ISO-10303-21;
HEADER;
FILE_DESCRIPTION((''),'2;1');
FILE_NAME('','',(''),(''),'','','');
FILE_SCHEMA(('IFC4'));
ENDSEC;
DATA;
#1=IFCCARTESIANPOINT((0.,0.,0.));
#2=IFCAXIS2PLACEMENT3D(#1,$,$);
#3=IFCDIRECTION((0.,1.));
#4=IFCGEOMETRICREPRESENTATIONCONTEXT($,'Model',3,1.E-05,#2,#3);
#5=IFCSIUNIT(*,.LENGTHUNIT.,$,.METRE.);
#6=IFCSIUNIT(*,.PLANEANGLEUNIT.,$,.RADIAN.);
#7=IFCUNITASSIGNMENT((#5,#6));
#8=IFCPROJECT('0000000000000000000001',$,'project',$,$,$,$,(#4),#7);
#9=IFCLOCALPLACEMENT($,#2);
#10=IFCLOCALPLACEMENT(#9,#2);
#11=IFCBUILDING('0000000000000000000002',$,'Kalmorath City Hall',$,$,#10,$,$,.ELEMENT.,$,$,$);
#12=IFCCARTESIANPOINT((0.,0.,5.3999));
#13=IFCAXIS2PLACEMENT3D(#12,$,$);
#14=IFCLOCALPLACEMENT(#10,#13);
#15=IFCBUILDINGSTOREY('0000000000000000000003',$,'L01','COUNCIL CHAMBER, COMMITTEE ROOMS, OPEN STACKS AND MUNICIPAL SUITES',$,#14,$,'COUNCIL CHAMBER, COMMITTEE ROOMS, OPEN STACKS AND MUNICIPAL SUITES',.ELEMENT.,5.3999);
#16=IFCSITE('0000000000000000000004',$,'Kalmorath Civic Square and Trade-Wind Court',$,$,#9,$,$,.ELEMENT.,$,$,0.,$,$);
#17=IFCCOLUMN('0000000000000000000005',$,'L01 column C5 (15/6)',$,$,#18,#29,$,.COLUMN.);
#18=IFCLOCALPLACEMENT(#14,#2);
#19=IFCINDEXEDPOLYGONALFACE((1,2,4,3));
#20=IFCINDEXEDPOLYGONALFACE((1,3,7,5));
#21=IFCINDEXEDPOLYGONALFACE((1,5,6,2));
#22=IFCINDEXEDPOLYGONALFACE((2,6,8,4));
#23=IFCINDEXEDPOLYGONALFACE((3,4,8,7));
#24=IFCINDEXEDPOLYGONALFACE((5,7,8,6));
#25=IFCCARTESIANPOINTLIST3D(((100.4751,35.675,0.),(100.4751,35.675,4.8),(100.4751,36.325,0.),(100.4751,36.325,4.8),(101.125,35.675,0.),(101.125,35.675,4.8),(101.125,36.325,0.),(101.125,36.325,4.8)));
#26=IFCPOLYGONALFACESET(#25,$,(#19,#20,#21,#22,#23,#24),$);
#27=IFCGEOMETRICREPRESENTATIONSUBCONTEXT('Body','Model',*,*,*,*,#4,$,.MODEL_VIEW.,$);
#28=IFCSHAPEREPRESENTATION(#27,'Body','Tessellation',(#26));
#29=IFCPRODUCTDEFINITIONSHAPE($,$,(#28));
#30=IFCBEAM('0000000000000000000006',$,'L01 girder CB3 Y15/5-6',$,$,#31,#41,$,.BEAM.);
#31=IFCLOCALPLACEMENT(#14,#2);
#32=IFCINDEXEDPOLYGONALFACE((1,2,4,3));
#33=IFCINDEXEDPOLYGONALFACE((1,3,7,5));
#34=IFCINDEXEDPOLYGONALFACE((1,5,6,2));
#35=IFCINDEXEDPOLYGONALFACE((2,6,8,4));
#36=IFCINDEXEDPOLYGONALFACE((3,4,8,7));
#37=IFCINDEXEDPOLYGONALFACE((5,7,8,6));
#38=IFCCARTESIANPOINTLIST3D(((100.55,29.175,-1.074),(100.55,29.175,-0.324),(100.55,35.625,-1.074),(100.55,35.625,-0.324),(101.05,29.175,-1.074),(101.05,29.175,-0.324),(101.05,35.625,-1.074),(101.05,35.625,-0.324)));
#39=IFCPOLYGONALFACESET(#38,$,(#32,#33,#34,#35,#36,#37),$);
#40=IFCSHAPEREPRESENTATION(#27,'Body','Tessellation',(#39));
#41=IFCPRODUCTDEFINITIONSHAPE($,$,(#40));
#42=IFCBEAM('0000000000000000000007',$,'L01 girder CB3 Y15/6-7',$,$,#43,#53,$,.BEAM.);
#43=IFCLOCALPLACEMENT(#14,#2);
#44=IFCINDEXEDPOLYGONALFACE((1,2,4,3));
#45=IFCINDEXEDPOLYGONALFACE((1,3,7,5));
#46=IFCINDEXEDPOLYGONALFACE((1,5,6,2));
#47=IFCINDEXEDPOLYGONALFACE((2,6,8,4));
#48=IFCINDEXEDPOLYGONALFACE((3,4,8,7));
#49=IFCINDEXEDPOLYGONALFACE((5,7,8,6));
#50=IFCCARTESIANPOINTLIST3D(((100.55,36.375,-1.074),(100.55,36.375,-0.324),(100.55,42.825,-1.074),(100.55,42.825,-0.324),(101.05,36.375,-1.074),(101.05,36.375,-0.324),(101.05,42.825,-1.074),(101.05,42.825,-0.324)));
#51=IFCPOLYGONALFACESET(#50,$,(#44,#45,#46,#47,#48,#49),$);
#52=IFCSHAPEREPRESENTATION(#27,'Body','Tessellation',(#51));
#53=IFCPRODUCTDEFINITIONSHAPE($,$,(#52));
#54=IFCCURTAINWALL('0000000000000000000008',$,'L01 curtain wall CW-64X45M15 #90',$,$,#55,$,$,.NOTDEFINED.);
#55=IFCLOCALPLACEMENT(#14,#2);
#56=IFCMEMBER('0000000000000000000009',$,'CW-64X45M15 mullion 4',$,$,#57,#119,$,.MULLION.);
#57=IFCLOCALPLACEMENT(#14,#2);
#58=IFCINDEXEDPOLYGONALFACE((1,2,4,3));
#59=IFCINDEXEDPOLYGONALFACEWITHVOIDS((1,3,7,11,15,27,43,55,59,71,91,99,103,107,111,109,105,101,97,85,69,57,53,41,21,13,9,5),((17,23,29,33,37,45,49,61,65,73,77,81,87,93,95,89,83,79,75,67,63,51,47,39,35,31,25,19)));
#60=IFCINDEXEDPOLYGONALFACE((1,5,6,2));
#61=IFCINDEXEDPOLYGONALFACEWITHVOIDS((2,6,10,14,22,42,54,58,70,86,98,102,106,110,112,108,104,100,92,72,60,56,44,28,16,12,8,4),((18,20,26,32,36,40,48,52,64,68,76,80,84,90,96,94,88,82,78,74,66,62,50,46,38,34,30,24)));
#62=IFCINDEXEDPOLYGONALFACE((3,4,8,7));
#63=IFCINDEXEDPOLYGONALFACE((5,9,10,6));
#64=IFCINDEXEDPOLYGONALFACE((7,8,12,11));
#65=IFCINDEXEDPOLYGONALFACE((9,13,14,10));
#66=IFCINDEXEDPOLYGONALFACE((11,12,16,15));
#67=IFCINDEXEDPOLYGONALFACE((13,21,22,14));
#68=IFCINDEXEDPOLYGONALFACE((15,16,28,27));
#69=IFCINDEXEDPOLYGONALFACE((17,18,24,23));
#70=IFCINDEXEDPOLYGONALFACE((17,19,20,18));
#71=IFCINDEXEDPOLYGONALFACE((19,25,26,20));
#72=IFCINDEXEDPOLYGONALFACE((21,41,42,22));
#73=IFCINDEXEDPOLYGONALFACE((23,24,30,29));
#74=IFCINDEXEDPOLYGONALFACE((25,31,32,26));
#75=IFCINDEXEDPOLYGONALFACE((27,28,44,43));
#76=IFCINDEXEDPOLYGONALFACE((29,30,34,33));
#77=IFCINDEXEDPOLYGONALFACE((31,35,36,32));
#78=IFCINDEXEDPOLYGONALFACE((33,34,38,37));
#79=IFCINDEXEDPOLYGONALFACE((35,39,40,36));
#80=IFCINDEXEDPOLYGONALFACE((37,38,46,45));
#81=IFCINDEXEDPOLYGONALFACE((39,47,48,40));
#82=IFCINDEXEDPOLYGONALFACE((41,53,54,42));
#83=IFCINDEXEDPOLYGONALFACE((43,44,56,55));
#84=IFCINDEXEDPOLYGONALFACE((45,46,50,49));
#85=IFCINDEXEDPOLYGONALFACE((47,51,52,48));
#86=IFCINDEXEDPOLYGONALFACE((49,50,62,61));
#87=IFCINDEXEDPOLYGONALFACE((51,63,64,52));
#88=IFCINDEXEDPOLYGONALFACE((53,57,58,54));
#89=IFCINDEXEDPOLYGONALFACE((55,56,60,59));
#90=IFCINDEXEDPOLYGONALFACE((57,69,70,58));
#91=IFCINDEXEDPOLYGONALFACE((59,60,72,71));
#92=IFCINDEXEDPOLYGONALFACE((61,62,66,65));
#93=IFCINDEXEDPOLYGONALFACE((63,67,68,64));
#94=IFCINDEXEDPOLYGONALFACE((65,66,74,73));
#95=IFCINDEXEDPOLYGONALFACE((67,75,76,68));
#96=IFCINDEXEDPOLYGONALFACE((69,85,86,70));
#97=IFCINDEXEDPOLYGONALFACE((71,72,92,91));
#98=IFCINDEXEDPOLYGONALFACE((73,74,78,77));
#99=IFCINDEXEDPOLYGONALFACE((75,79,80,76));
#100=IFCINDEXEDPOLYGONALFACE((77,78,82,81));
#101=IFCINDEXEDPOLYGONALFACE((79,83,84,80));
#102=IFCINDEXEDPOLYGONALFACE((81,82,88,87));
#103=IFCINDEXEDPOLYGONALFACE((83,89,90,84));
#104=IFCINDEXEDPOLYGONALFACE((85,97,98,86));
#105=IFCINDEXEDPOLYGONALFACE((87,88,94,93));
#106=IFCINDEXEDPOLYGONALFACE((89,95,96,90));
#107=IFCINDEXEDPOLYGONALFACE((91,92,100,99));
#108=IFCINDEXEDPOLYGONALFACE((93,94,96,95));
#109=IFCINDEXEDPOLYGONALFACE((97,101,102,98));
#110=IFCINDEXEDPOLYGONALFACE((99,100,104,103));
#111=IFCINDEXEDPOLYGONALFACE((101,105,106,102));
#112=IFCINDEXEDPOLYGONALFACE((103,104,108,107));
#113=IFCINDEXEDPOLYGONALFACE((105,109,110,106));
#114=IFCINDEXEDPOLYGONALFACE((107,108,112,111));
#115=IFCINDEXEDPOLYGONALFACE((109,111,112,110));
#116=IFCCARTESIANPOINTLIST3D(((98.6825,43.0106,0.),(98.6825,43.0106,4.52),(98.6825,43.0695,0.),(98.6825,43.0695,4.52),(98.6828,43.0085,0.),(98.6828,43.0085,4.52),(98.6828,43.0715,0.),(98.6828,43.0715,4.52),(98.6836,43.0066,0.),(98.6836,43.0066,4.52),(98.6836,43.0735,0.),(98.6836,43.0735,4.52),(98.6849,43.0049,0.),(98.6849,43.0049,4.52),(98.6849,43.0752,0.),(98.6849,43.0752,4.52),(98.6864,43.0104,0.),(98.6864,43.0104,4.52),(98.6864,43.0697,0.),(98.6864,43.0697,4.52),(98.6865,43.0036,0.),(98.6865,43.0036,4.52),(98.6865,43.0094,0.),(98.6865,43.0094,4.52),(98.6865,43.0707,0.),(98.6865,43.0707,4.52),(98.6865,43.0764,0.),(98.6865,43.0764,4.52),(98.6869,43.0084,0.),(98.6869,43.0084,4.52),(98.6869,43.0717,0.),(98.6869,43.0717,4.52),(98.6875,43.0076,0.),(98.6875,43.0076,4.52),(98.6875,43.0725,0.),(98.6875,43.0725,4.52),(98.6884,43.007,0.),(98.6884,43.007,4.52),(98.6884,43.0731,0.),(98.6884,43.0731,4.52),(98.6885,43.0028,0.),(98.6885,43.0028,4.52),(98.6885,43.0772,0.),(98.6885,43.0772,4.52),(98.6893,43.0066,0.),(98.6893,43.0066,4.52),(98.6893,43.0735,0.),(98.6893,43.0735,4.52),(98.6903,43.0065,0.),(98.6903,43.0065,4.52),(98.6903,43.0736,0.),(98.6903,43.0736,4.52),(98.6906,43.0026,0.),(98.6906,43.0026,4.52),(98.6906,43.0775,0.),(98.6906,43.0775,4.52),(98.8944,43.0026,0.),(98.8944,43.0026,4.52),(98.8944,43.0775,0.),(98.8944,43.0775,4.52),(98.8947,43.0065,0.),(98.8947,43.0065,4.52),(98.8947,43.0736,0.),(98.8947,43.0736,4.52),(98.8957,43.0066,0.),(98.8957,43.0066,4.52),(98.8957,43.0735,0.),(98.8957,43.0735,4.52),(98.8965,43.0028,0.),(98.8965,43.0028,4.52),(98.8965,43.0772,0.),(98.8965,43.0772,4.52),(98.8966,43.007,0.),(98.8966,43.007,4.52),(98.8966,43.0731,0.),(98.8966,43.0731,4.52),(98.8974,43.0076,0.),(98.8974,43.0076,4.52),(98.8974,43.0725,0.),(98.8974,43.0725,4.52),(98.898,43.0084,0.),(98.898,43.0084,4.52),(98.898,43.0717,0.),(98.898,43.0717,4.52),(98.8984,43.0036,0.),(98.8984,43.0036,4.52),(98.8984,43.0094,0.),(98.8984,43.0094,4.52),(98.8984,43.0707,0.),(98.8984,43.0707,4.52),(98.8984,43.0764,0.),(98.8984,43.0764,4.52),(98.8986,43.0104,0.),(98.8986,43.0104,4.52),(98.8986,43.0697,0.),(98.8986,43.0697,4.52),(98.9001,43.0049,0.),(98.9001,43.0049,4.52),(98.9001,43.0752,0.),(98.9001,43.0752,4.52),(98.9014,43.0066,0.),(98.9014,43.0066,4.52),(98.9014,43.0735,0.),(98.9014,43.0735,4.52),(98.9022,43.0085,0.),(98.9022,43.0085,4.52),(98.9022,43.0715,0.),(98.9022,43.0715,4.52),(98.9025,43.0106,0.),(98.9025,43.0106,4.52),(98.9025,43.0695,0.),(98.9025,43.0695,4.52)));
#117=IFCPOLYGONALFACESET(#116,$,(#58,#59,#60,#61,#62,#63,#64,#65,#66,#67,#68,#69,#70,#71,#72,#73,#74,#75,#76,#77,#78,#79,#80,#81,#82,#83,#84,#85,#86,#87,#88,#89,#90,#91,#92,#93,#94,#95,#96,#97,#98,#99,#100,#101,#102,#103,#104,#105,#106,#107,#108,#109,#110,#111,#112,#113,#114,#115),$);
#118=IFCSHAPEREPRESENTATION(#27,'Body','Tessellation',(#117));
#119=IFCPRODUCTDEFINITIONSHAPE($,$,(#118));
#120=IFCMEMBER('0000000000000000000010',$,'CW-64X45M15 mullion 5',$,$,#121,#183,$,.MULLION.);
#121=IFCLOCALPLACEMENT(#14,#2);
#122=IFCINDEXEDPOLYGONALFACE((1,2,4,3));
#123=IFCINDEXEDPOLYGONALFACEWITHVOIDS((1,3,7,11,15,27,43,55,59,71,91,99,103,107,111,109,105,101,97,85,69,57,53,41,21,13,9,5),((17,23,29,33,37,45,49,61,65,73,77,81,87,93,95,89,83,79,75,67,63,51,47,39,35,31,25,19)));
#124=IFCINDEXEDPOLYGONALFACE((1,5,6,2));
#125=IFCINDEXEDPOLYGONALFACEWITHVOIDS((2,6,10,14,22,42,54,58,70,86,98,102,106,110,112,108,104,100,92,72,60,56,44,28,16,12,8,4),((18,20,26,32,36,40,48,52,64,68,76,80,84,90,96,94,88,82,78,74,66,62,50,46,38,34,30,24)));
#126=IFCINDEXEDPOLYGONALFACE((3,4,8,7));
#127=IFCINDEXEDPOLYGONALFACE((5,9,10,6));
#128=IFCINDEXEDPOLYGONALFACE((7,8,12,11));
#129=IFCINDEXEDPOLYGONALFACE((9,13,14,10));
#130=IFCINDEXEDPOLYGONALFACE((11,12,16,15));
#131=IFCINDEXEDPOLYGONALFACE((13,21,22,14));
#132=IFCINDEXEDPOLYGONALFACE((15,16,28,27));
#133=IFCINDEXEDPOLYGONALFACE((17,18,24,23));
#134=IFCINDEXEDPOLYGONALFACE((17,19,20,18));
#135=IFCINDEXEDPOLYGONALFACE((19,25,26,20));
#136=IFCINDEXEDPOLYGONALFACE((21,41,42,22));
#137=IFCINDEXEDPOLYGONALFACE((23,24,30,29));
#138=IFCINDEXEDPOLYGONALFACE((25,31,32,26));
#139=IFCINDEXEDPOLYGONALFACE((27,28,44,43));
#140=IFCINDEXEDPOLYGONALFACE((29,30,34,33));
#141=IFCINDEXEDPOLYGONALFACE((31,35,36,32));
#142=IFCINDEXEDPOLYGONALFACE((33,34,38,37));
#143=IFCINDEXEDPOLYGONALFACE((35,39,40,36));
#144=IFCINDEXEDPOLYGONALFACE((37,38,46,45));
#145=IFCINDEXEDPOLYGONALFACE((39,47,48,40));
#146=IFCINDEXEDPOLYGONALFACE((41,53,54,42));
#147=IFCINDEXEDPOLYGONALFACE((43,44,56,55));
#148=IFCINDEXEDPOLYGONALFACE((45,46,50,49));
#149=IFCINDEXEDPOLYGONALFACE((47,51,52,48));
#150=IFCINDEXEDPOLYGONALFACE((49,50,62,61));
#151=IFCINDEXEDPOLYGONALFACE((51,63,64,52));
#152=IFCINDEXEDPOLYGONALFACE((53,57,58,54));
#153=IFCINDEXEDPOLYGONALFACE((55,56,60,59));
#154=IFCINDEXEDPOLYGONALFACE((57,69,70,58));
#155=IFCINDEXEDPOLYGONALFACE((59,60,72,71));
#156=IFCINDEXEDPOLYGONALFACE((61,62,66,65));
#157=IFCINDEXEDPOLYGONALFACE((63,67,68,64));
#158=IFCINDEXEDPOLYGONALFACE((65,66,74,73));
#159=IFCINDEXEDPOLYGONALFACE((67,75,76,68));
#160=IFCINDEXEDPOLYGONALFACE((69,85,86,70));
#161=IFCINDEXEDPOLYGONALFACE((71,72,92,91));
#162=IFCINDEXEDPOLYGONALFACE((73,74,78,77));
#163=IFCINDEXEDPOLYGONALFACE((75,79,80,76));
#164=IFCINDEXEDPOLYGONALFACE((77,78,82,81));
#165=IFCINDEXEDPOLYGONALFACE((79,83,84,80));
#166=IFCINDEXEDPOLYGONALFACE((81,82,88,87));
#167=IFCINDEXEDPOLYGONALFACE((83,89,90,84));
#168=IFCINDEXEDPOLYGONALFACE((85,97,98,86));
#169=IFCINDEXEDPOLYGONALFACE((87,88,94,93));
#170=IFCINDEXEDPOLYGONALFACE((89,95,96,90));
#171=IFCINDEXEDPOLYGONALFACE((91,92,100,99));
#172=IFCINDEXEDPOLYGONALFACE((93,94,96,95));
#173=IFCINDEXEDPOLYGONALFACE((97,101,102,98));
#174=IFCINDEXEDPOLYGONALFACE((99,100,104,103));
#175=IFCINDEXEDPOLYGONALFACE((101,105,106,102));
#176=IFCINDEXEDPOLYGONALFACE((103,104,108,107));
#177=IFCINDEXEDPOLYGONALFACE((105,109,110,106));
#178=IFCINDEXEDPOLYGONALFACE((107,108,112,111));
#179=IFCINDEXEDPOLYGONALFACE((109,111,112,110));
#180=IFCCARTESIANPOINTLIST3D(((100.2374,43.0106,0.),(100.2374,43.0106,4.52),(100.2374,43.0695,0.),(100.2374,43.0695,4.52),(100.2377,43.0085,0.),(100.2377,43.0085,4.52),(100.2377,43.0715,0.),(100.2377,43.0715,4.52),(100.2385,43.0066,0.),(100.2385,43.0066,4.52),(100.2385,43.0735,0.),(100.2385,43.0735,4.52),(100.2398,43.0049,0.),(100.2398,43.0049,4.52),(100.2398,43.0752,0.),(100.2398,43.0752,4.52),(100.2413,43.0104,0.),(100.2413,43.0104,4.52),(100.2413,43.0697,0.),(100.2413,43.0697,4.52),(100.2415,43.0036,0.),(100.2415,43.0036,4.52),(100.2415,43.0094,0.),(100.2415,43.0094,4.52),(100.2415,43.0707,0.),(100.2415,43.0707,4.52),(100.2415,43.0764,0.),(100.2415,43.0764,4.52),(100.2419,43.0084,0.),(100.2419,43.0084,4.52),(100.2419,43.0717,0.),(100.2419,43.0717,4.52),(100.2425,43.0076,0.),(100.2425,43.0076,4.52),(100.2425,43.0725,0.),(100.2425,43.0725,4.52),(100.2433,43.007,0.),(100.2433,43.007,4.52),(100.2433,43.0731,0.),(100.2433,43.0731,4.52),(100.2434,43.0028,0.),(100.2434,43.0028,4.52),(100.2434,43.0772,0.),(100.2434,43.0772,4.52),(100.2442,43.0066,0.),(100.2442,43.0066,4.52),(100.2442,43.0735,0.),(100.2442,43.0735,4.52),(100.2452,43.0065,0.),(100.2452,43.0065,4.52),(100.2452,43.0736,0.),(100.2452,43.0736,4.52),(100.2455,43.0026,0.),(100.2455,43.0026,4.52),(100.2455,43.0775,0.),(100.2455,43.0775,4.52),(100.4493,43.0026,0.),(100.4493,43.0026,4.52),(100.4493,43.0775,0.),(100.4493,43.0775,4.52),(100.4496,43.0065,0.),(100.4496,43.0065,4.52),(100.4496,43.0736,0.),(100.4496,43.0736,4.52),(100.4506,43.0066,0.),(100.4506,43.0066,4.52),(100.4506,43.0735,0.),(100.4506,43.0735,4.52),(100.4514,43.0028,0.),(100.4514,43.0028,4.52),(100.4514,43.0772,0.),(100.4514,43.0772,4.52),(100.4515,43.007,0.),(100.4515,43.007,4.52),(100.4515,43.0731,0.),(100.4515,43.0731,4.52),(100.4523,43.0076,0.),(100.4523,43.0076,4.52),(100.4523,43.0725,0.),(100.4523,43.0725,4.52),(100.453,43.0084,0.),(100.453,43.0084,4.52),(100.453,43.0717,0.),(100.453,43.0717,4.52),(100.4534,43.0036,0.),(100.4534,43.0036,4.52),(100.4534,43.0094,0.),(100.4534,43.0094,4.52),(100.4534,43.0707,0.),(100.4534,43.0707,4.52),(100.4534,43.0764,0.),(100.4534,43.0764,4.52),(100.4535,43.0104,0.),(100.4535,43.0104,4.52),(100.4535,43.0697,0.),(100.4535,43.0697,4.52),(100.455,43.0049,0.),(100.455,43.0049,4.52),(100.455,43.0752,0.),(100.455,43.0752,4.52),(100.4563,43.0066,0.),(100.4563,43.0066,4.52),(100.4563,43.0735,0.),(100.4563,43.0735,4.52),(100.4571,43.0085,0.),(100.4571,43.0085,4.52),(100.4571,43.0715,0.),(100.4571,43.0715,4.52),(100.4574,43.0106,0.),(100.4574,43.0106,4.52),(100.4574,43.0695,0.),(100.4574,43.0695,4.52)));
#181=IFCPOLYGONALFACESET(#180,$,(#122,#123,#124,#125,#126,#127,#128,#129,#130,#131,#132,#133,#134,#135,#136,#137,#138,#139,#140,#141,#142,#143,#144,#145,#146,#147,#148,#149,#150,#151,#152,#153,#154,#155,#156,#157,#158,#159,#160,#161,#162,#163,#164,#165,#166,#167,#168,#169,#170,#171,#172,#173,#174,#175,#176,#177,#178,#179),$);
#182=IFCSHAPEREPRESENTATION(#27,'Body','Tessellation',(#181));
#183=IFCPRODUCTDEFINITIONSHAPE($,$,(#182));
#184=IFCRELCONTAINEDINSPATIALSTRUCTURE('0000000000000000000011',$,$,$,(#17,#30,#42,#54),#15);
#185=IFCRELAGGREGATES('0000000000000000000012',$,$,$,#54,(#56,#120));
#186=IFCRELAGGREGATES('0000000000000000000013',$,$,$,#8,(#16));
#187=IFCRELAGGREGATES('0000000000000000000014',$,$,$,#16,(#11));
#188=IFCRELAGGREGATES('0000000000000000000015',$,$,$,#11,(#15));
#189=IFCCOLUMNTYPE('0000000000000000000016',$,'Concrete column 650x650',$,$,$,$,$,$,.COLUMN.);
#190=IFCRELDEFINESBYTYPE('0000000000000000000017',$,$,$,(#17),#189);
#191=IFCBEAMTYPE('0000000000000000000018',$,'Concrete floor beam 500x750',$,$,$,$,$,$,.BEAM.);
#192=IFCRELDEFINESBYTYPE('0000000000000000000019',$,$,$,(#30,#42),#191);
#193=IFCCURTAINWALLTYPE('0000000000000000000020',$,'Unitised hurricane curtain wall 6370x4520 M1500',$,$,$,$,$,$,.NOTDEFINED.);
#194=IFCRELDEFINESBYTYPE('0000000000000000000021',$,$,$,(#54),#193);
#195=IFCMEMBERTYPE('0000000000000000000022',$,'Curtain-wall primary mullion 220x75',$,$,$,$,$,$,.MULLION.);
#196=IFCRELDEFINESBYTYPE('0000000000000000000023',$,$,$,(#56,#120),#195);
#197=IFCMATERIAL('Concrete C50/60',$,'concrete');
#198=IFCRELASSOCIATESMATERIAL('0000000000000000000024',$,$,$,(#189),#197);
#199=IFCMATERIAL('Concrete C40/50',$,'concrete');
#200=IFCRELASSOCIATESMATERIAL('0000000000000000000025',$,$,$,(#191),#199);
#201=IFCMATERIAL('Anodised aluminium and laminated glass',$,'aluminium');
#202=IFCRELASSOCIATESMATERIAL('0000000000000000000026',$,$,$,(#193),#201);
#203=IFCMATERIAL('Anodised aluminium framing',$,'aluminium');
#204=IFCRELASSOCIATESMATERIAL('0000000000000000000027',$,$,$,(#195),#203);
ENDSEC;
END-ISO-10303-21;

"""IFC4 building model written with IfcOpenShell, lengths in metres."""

from ifc_helpers import new_model, si_unit, direction, frame, origin, origin_2d, place, context, subcontext, project, spatial, rectangle, hollow_rectangle, extrude, material, material_profile, profile_set, type_object, element, aggregate, save


model = new_model("IFC4")

# Units and contexts
model_context = context("Model", 3, precision=1e-05, world=origin(), true_north=direction((0.0, 1.0)))
body_context = subcontext(model_context, "Body", "Model", "MODEL_VIEW")
ifc_project = project(units=[si_unit("LENGTHUNIT", "METRE"), si_unit("PLANEANGLEUNIT", "RADIAN")], contexts=[model_context])

# Site, building, storey
site_placement = place(None, origin())
site = spatial("IfcSite", under=ifc_project, at=site_placement, Name="Kalmorath Civic Square and Trade-Wind Court", CompositionType="ELEMENT", RefElevation=0.0)
building_placement = place(site_placement, origin())
building = spatial("IfcBuilding", under=site, at=building_placement, Name="Kalmorath City Hall", CompositionType="ELEMENT")
storey_placement = place(building_placement, frame((0.0, 0.0, 5.3999)))
storey = spatial("IfcBuildingStorey", under=building, at=storey_placement, Name="L01", Description="COUNCIL CHAMBER, COMMITTEE ROOMS, OPEN STACKS AND MUNICIPAL SUITES", LongName="COUNCIL CHAMBER, COMMITTEE ROOMS, OPEN STACKS AND MUNICIPAL SUITES", CompositionType="ELEMENT", Elevation=5.3999)

# Column
ifc_material_1 = material(Name="Concrete C50/60", Category="concrete")
ifc_material_profile_1 = material_profile(ifc_material_1, rectangle(XDim=0.6499, YDim=0.6499, at=origin_2d()), Name="RC-COL-650X650")
ifc_profile_set_1 = profile_set([ifc_material_profile_1], Name="Concrete C50/60")
column_type = type_object("IfcColumnType", Name="Concrete column 650x650", PredefinedType="COLUMN", material=ifc_profile_set_1)
column_placement = place(storey_placement, frame((100.8, 36.0, 0.0), z_axis=(0.0, 0.0, 1.0), x_axis=(1.0, 0.0, 0.0)))
element("IfcColumn", 1, at=column_placement, inside=storey, type_object=column_type, Name="L01 column C5 (15/6)", PredefinedType="COLUMN", context=body_context, shape_type="SweptSolid", body=[
    extrude(rectangle(XDim=0.6499, YDim=0.6499, at=origin_2d()), origin(), (0.0, 0.0, 1.0), 4.8),
])

# Beams
ifc_material_2 = material(Name="Concrete C40/50", Category="concrete")
ifc_material_profile_2 = material_profile(ifc_material_2, rectangle(XDim=0.5, YDim=0.75, at=origin_2d()), Name="RC-BM-500X750")
ifc_profile_set_2 = profile_set([ifc_material_profile_2], Name="Concrete C40/50")
beam_type_1 = type_object("IfcBeamType", Name="Concrete floor beam 500x750", PredefinedType="BEAM", material=ifc_profile_set_2)
for number, where, z_axis, x_axis, name in (
    (2, (100.8, 29.175, -0.699), (0.0, 1.0, 0.0), (-1.0, 0.0, 0.0), "L01 girder CB3 Y15/5-6"),
    (3, (100.8, 36.375, -0.699), (0.0, 1.0, 0.0), (-1.0, 0.0, 0.0), "L01 girder CB3 Y15/6-7"),
):
    element("IfcBeam", number, at=place(storey_placement, frame(where, z_axis=z_axis, x_axis=x_axis)), inside=storey, type_object=beam_type_1, Name=name, PredefinedType="BEAM", context=body_context, shape_type="SweptSolid", body=[
        extrude(rectangle(XDim=0.5, YDim=0.75, at=origin_2d()), origin(), (0.0, 0.0, 1.0), 6.45),
    ])

# Curtain wall, members
ifc_material_3 = material(Name="Anodised aluminium and laminated glass", Category="aluminium")
curtain_wall_type_1 = type_object("IfcCurtainWallType", Name="Unitised hurricane curtain wall 6370x4520 M1500", PredefinedType="NOTDEFINED", material=ifc_material_3)
curtain_wall_1_placement = place(storey_placement, origin())
curtain_wall_1 = element("IfcCurtainWall", 4, at=curtain_wall_1_placement, inside=storey, type_object=curtain_wall_type_1, Name="L01 curtain wall CW-64X45M15 #90", PredefinedType="NOTDEFINED")
ifc_material_4 = material(Name="Anodised aluminium framing", Category="aluminium")
ifc_material_profile_3 = material_profile(ifc_material_4, hollow_rectangle(XDim=0.075, YDim=0.22, WallThickness=0.0039, InnerFilletRadius=0.0039, OuterFilletRadius=0.0081, at=origin_2d()), Name="ALU-MUL-220X75X4")
ifc_profile_set_3 = profile_set([ifc_material_profile_3], Name="Anodised aluminium framing")
member_type_1 = type_object("IfcMemberType", Name="Curtain-wall primary mullion 220x75", PredefinedType="MULLION", material=ifc_profile_set_3)
member_1_placement = place(storey_placement, frame((98.7925, 43.04, 0.0), z_axis=(0.0, 0.0, 1.0), x_axis=(0.0, 1.0, 0.0)))
member_1 = element("IfcMember", 5, at=member_1_placement, type_object=member_type_1, Name="CW-64X45M15 mullion 4", PredefinedType="MULLION", context=body_context, shape_type="SweptSolid", body=[
    extrude(hollow_rectangle(XDim=0.075, YDim=0.22, WallThickness=0.0039, InnerFilletRadius=0.0039, OuterFilletRadius=0.0081, at=origin_2d()), origin(), (0.0, 0.0, 1.0), 4.52),
])
member_2_placement = place(storey_placement, frame((100.3474, 43.04, 0.0), z_axis=(0.0, 0.0, 1.0), x_axis=(0.0, 1.0, 0.0)))
member_2 = element("IfcMember", 6, at=member_2_placement, type_object=member_type_1, Name="CW-64X45M15 mullion 5", PredefinedType="MULLION", context=body_context, shape_type="SweptSolid", body=[
    extrude(hollow_rectangle(XDim=0.075, YDim=0.22, WallThickness=0.0039, InnerFilletRadius=0.0039, OuterFilletRadius=0.0081, at=origin_2d()), origin(), (0.0, 0.0, 1.0), 4.52),
])

aggregate(curtain_wall_1, [member_1, member_2])

save(model, "model.ifc")
